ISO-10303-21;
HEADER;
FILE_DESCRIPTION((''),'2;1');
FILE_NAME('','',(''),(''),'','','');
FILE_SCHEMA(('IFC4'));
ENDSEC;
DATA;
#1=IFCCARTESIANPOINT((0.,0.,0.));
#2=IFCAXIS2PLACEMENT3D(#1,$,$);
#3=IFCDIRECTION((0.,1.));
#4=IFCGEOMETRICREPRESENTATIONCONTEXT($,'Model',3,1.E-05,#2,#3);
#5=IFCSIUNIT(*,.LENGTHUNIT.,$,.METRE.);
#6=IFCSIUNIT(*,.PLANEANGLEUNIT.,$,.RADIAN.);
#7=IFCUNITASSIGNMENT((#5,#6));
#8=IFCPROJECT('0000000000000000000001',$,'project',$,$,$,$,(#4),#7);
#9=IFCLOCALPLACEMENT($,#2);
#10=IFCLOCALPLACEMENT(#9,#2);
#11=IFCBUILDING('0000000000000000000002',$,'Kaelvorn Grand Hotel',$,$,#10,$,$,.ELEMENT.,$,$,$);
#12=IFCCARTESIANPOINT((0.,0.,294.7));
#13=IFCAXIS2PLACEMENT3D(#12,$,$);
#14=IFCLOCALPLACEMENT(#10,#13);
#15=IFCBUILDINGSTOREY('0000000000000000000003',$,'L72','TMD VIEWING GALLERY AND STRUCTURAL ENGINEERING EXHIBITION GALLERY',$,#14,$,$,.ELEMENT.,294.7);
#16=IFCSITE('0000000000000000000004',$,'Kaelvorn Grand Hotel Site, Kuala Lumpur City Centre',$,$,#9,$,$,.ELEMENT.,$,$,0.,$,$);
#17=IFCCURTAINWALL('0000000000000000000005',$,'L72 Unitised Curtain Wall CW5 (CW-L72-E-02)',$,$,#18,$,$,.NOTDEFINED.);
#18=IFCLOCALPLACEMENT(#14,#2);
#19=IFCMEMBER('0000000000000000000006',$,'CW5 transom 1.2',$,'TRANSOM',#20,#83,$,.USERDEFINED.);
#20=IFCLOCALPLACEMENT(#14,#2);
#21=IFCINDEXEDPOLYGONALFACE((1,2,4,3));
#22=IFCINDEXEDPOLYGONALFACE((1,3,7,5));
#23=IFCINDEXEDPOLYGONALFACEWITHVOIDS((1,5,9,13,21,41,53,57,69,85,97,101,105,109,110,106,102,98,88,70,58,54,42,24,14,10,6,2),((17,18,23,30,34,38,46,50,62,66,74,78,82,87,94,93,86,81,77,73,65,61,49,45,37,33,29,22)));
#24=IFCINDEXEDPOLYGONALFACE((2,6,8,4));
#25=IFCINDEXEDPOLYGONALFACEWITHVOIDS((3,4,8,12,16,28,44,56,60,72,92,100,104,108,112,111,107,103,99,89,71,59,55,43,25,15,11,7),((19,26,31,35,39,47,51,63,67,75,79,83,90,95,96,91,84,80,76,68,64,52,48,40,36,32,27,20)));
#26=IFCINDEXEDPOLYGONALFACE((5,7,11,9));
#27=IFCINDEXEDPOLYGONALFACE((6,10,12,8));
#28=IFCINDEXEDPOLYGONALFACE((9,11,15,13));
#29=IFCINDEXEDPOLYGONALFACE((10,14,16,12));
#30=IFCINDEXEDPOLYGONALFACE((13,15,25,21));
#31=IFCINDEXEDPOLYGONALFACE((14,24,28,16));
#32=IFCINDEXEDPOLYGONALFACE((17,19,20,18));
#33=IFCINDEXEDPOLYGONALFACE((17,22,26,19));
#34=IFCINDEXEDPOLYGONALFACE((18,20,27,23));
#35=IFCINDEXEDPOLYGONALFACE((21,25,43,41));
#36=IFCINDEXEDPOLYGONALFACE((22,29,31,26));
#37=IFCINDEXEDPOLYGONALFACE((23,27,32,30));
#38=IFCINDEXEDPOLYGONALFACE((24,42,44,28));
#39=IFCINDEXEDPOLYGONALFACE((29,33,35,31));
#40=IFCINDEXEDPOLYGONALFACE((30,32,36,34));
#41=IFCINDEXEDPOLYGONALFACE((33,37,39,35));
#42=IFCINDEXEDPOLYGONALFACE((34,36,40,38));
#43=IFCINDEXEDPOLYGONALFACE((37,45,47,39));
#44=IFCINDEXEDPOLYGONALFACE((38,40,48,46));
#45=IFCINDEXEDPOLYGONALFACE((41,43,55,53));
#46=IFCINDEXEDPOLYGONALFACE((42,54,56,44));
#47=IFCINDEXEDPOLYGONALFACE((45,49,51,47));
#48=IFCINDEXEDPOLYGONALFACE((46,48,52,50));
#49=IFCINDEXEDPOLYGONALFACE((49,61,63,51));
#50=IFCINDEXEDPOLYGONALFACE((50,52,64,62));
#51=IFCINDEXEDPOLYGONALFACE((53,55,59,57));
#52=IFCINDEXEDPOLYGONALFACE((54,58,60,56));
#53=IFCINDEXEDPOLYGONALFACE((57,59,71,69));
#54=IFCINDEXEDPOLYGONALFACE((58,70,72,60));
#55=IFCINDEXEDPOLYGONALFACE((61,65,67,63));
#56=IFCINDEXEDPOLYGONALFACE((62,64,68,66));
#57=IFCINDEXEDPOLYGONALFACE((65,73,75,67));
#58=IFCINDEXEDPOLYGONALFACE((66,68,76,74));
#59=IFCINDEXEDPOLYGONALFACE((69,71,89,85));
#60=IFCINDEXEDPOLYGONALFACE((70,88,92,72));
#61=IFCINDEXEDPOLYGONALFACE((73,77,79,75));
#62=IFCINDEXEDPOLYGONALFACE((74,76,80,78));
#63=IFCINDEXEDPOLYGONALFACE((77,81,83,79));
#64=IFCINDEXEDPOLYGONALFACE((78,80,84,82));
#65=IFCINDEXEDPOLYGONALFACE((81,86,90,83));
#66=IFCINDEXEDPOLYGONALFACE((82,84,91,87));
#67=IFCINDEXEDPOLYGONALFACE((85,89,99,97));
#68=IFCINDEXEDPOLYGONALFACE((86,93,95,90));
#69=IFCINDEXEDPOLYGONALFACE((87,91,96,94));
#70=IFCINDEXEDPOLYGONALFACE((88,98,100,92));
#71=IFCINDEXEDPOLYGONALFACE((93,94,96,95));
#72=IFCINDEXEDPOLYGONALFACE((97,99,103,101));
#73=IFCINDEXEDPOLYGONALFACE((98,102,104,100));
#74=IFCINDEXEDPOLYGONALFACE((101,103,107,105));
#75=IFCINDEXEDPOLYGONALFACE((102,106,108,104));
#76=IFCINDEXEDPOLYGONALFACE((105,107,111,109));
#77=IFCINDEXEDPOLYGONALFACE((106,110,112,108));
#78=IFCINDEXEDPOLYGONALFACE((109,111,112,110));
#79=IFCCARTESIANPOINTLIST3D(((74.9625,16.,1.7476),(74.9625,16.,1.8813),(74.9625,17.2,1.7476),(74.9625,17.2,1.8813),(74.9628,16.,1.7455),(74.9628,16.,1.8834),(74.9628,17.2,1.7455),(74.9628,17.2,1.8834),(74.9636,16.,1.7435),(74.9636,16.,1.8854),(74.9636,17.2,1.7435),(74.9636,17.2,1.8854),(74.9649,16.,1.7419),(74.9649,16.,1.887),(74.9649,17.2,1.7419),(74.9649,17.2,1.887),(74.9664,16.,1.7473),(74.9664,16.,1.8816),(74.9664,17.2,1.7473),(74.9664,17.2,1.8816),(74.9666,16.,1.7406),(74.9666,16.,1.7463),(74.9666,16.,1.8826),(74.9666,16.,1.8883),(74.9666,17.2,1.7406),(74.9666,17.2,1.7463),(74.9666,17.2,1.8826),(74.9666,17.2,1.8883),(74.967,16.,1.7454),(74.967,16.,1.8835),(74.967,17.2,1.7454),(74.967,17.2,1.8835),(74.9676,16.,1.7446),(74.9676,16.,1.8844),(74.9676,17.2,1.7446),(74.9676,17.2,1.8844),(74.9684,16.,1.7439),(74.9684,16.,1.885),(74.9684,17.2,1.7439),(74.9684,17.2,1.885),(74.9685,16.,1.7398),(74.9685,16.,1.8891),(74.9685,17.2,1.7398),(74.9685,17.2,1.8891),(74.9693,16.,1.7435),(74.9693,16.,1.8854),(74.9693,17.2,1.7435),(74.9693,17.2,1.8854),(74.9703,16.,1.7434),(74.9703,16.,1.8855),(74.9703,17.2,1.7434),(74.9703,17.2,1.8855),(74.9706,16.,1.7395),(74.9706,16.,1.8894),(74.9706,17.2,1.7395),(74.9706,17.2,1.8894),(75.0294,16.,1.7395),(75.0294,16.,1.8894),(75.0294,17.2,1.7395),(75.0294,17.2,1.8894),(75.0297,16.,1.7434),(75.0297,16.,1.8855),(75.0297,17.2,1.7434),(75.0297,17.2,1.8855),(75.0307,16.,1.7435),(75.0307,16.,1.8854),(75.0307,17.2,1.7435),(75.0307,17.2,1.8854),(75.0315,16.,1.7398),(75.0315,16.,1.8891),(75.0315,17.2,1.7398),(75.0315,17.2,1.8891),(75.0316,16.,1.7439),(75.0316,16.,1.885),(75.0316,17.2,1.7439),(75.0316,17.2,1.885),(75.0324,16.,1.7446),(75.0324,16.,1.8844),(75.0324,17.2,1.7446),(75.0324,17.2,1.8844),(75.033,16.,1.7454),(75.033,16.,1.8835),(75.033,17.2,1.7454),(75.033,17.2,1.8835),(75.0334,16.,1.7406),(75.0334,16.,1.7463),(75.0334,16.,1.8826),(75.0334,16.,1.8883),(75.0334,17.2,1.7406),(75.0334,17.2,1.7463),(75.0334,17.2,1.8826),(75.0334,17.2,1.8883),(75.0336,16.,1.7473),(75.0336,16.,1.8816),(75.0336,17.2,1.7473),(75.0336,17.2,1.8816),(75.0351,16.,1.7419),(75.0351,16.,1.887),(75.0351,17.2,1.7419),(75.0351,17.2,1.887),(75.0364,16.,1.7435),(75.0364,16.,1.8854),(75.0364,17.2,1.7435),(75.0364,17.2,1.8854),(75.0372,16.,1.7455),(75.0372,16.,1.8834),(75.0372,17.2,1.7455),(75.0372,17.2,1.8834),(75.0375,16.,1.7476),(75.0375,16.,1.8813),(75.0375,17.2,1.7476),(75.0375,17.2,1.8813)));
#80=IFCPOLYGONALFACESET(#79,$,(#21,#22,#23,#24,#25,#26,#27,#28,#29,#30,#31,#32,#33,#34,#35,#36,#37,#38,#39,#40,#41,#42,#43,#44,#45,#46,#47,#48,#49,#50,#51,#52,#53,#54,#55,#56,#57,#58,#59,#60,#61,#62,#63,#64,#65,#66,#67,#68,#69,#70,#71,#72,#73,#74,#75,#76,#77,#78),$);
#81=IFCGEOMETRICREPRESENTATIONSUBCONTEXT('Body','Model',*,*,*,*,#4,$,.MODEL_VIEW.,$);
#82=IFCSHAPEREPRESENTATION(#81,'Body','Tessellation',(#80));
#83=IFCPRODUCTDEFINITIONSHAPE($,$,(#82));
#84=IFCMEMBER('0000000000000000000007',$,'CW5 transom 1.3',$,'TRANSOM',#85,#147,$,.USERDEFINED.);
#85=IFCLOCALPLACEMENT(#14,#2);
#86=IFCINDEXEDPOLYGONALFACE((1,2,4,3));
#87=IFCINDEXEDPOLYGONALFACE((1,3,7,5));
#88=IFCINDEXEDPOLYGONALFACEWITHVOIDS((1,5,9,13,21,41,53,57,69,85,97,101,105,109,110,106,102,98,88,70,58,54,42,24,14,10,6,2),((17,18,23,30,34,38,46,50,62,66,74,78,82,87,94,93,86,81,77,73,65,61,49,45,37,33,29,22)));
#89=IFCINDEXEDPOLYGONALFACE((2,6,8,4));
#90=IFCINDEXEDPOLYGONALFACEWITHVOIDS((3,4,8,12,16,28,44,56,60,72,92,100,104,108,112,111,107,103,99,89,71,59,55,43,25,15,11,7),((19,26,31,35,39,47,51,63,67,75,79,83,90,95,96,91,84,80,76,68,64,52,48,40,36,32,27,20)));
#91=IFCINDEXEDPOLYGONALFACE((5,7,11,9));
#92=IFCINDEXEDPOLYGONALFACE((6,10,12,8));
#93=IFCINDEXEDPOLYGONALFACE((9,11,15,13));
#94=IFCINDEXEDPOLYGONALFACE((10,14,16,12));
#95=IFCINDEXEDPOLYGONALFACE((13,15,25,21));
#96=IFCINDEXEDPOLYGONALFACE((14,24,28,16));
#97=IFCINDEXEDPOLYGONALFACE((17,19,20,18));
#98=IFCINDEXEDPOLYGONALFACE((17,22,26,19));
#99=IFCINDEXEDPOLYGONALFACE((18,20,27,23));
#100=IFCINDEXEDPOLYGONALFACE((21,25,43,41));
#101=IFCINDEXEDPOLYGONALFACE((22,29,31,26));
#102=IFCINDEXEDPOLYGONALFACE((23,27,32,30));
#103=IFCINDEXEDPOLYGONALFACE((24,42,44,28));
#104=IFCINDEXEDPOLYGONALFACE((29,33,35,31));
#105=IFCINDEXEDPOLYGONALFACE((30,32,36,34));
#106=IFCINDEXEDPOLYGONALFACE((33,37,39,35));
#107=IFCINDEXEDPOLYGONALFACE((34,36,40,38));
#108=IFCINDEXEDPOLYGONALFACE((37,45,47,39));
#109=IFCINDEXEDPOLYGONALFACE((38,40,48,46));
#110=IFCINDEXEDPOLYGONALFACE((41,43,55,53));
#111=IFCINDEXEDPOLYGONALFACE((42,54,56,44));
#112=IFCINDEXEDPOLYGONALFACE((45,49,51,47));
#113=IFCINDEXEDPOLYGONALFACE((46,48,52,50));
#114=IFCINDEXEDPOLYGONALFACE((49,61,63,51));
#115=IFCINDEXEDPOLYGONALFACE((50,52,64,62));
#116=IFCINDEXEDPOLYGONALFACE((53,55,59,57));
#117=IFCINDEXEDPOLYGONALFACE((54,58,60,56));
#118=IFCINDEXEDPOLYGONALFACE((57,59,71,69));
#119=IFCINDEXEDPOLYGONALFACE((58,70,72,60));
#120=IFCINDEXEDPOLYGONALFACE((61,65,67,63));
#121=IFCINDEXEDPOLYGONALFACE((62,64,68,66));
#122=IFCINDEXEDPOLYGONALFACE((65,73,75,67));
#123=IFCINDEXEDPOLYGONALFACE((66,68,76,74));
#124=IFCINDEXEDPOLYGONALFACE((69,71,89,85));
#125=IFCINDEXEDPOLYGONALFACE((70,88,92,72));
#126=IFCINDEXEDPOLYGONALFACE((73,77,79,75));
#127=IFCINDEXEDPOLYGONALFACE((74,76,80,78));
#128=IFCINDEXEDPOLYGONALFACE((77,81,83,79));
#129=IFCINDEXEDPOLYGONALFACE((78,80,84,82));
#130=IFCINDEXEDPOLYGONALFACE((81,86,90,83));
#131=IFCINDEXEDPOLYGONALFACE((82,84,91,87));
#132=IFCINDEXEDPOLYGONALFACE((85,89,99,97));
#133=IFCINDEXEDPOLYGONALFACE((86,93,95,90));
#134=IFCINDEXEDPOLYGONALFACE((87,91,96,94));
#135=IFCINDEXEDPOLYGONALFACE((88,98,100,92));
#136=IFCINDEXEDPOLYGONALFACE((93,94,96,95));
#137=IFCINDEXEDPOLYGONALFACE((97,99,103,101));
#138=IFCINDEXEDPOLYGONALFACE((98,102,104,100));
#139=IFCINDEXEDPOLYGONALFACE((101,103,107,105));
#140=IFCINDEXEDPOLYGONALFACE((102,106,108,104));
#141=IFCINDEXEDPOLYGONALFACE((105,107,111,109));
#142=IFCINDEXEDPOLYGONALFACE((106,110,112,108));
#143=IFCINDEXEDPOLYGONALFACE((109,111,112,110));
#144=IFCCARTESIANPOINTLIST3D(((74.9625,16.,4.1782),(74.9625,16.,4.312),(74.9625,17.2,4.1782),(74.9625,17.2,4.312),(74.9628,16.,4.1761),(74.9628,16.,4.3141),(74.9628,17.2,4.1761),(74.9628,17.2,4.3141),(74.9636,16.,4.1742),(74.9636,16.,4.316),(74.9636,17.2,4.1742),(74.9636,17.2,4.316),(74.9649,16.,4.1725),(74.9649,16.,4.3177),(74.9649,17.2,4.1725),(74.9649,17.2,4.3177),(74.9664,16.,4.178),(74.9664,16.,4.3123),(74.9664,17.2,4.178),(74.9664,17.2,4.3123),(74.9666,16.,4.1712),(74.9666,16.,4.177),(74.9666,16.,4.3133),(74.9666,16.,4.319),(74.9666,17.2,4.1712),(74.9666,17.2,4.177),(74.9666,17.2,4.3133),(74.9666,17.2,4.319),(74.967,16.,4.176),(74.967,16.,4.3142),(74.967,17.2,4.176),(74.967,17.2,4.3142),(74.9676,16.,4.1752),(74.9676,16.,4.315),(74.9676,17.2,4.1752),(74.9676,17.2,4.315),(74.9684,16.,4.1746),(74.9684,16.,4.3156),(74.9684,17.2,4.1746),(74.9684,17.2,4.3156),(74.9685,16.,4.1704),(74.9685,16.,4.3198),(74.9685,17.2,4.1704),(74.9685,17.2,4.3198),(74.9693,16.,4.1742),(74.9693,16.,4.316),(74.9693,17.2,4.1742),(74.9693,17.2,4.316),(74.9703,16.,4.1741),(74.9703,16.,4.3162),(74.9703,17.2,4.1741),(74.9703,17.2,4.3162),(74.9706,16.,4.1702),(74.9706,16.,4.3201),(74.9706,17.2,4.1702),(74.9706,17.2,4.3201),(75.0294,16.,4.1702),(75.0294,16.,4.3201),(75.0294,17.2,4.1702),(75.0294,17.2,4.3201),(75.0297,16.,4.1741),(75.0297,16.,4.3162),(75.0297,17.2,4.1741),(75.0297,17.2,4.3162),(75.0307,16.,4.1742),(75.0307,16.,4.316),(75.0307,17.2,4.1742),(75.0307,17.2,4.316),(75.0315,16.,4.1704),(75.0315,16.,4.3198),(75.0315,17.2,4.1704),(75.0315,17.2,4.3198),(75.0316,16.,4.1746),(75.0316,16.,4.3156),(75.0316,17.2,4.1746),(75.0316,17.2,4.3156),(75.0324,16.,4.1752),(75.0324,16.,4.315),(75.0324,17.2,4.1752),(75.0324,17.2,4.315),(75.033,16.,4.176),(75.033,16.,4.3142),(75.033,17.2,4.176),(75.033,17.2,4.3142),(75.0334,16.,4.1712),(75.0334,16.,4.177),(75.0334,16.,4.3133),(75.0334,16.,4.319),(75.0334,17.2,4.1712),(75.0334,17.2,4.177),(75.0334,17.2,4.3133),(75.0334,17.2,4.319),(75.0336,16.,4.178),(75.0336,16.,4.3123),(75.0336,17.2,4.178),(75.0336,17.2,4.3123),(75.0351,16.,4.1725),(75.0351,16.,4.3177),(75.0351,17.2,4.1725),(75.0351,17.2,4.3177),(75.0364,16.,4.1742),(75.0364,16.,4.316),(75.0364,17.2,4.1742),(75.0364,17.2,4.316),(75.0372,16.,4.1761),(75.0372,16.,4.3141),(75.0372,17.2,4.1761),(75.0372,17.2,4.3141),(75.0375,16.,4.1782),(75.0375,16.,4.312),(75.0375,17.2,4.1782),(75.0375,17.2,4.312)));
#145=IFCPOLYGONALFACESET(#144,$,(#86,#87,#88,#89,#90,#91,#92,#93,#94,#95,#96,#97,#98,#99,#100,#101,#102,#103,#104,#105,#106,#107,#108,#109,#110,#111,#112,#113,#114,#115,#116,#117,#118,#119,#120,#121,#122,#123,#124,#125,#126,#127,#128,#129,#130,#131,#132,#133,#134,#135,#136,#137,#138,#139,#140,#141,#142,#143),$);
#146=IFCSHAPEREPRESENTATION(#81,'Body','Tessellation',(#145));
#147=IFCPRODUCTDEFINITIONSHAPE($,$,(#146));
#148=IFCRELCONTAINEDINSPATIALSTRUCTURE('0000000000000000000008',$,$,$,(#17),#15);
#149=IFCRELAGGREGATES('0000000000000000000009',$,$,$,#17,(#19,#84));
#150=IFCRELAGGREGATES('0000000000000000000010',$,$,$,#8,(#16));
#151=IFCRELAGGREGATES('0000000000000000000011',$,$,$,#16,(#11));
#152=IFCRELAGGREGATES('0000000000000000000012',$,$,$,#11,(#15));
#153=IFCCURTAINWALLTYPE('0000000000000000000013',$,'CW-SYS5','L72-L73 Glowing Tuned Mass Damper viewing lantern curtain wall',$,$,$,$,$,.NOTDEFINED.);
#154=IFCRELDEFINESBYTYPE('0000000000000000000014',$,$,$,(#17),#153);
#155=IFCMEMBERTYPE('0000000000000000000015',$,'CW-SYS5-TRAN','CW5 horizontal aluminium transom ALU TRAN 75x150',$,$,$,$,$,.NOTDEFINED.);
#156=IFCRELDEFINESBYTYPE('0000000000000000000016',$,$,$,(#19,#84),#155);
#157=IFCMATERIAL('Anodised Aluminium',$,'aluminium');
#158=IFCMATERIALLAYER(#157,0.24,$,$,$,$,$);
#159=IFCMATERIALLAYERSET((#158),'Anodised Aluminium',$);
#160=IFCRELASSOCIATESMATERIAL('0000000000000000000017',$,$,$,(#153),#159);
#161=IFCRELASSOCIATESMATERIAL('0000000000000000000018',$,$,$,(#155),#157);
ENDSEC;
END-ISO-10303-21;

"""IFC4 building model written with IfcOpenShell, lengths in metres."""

from ifc_helpers import new_model, si_unit, direction, frame, origin, origin_2d, place, context, subcontext, project, spatial, hollow_rectangle, extrude, material, layer, layer_set, material_profile, profile_set, type_object, element, aggregate, save


model = new_model("IFC4")

# Units and contexts
model_context = context("Model", 3, precision=1e-05, world=origin(), true_north=direction((0.0, 1.0)))
body_context = subcontext(model_context, "Body", "Model", "MODEL_VIEW")
ifc_project = project(units=[si_unit("LENGTHUNIT", "METRE"), si_unit("PLANEANGLEUNIT", "RADIAN")], contexts=[model_context])

# Site, building, storey
site_placement = place(None, origin())
site = spatial("IfcSite", under=ifc_project, at=site_placement, Name="Kaelvorn Grand Hotel Site, Kuala Lumpur City Centre", CompositionType="ELEMENT", RefElevation=0.0)
building_placement = place(site_placement, origin())
building = spatial("IfcBuilding", under=site, at=building_placement, Name="Kaelvorn Grand Hotel", CompositionType="ELEMENT")
storey_placement = place(building_placement, frame((0.0, 0.0, 294.7)))
storey = spatial("IfcBuildingStorey", under=building, at=storey_placement, Name="L72", Description="TMD VIEWING GALLERY AND STRUCTURAL ENGINEERING EXHIBITION GALLERY", CompositionType="ELEMENT", Elevation=294.7)

# Curtain wall
ifc_material_1 = material(Name="Anodised Aluminium", Category="aluminium")
ifc_layer_1 = layer(ifc_material_1, 0.24)
ifc_layer_set_1 = layer_set([ifc_layer_1], Name="Anodised Aluminium")
curtain_wall_type = type_object("IfcCurtainWallType", Name="CW-SYS5", Description="L72-L73 Glowing Tuned Mass Damper viewing lantern curtain wall", PredefinedType="NOTDEFINED", material=ifc_layer_set_1)
curtain_wall_1_placement = place(storey_placement, origin())
curtain_wall_1 = element("IfcCurtainWall", 1, at=curtain_wall_1_placement, inside=storey, type_object=curtain_wall_type, Name="L72 Unitised Curtain Wall CW5 (CW-L72-E-02)", PredefinedType="NOTDEFINED")

# Members
ifc_material_profile_1 = material_profile(ifc_material_1, hollow_rectangle(XDim=0.075, YDim=0.1499, WallThickness=0.0039, InnerFilletRadius=0.0039, OuterFilletRadius=0.0081, at=origin_2d()), Name="ALU TRAN 75x150")
ifc_profile_set_1 = profile_set([ifc_material_profile_1], Name="Anodised Aluminium")
member_type_1 = type_object("IfcMemberType", Name="CW-SYS5-TRAN", Description="CW5 horizontal aluminium transom ALU TRAN 75x150", PredefinedType="NOTDEFINED", material=ifc_profile_set_1)
member_1_placement = place(storey_placement, frame((75.0, 16.0, 1.8145), z_axis=(0.0, 1.0, 0.0), x_axis=(-1.0, 0.0, 0.0)))
member_1 = element("IfcMember", 2, at=member_1_placement, type_object=member_type_1, Name="CW5 transom 1.2", ObjectType="TRANSOM", PredefinedType="USERDEFINED", context=body_context, shape_type="SweptSolid", body=[
    extrude(hollow_rectangle(XDim=0.075, YDim=0.1499, WallThickness=0.0039, InnerFilletRadius=0.0039, OuterFilletRadius=0.0081, at=origin_2d()), origin(), (0.0, 0.0, 1.0), 1.2),
])
member_2_placement = place(storey_placement, frame((75.0, 16.0, 4.2451), z_axis=(0.0, 1.0, 0.0), x_axis=(-1.0, 0.0, 0.0)))
member_2 = element("IfcMember", 3, at=member_2_placement, type_object=member_type_1, Name="CW5 transom 1.3", ObjectType="TRANSOM", PredefinedType="USERDEFINED", context=body_context, shape_type="SweptSolid", body=[
    extrude(hollow_rectangle(XDim=0.075, YDim=0.1499, WallThickness=0.0039, InnerFilletRadius=0.0039, OuterFilletRadius=0.0081, at=origin_2d()), origin(), (0.0, 0.0, 1.0), 1.2),
])

aggregate(curtain_wall_1, [member_1, member_2])

save(model, "model.ifc")
